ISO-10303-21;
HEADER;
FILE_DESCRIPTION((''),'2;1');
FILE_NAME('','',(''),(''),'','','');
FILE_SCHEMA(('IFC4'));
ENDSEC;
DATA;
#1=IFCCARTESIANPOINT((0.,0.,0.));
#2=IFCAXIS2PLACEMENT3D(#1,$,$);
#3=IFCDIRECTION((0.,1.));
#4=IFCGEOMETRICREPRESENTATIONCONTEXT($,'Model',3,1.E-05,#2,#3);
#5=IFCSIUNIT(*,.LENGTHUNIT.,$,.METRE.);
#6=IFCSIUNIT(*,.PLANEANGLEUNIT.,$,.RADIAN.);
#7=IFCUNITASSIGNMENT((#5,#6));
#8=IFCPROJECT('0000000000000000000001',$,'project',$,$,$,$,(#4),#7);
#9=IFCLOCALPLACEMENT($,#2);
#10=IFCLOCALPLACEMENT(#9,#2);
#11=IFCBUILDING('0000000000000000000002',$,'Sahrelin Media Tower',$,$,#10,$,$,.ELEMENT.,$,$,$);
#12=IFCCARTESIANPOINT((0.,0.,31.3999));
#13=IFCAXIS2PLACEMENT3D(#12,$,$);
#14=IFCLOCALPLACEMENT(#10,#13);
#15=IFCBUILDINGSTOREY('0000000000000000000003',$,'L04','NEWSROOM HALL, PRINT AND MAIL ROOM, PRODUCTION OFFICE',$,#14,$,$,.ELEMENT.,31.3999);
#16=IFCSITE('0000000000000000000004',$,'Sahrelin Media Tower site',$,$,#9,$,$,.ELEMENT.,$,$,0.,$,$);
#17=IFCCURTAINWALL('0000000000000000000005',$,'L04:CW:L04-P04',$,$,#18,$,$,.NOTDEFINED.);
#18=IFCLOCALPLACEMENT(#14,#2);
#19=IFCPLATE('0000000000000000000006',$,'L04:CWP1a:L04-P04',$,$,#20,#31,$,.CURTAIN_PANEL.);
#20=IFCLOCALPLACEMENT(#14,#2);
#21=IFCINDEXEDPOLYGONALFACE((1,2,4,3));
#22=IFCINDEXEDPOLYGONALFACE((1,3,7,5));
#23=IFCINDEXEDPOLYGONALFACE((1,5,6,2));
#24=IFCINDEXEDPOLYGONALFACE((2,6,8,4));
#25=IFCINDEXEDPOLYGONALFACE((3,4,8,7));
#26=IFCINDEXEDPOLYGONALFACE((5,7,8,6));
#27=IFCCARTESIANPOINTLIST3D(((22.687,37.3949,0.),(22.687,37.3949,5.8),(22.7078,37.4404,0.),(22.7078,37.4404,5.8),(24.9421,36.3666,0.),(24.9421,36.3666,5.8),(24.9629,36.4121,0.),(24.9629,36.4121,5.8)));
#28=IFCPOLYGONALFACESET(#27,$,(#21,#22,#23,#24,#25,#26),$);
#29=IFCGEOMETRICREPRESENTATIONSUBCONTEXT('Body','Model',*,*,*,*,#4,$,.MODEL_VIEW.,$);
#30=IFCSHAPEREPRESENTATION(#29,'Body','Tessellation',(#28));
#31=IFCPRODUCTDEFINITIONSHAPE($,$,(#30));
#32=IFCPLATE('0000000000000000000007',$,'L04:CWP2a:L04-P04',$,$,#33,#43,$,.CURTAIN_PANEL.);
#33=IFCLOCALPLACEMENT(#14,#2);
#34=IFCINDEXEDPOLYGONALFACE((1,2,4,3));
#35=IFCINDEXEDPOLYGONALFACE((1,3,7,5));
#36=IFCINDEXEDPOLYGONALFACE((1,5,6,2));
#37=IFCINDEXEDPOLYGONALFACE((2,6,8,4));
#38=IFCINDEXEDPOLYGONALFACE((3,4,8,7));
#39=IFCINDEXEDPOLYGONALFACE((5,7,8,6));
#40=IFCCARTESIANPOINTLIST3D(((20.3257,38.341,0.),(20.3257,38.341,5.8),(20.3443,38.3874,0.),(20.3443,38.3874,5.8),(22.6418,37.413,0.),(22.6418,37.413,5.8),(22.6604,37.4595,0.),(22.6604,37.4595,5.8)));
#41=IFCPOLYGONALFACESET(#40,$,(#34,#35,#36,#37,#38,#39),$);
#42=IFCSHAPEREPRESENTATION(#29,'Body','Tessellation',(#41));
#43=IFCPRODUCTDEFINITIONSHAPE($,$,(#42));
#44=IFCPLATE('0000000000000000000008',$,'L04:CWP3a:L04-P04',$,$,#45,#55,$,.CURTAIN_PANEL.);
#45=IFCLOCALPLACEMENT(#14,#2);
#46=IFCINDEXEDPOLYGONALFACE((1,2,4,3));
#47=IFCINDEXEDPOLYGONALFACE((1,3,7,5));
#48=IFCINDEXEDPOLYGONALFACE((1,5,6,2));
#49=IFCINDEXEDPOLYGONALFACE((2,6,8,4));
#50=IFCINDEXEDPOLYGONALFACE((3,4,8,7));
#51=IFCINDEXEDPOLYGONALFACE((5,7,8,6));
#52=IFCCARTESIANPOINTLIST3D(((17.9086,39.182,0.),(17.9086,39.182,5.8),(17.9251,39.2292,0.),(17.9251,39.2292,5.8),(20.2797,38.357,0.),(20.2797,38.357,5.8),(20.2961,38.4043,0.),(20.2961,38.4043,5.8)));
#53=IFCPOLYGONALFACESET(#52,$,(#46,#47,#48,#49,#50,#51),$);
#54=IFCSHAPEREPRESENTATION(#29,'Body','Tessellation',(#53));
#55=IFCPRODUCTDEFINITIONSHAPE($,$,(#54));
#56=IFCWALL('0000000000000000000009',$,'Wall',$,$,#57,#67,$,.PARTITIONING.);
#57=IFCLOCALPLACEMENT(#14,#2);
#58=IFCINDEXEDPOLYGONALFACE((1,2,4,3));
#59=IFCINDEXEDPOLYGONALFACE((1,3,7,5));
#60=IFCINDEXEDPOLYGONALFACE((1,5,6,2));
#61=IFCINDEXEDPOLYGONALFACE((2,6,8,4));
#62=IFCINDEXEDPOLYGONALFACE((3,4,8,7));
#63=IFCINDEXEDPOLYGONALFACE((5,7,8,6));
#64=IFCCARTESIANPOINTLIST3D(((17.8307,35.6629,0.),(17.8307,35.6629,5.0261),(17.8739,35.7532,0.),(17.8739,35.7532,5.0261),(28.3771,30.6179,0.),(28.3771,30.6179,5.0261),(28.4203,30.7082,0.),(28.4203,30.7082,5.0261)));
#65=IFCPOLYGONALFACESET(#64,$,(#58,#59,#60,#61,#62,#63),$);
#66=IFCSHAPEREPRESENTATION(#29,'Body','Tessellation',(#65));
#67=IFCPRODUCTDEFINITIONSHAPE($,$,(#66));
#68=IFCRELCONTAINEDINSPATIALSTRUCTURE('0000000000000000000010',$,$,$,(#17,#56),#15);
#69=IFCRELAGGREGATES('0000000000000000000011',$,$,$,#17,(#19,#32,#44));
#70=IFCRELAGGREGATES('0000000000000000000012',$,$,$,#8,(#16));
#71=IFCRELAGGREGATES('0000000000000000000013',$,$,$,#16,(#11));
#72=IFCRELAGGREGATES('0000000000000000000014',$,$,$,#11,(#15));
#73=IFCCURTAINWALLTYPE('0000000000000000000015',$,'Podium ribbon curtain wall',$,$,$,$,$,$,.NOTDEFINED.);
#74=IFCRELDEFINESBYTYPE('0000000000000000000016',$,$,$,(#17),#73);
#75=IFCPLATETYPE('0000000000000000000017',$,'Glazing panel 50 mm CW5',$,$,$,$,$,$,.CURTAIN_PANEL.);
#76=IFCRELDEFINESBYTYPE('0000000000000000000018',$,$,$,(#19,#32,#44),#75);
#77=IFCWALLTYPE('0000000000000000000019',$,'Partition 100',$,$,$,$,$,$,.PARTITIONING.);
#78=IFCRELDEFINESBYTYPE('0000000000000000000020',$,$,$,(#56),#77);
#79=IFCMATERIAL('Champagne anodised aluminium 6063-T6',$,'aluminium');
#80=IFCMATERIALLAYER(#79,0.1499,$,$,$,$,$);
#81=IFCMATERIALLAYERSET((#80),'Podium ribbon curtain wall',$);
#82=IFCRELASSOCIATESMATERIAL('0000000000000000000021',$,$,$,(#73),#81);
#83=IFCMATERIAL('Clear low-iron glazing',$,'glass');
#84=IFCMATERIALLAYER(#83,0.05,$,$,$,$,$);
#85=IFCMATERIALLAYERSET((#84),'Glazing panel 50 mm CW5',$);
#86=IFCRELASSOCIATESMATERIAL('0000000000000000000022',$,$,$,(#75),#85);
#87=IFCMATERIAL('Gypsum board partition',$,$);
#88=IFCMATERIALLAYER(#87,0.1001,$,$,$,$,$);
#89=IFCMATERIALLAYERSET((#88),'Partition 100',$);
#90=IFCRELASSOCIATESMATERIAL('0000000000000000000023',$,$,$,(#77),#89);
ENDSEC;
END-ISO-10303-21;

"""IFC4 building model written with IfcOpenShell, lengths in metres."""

from ifc_helpers import new_model, si_unit, direction, frame, frame_2d, origin, place, context, subcontext, project, spatial, polyline, rectangle, outline, extrude, material, layer, layer_set, type_object, element, aggregate, save


model = new_model("IFC4")

# Units and contexts
model_context = context("Model", 3, precision=1e-05, world=origin(), true_north=direction((0.0, 1.0)))
body_context = subcontext(model_context, "Body", "Model", "MODEL_VIEW")
ifc_project = project(units=[si_unit("LENGTHUNIT", "METRE"), si_unit("PLANEANGLEUNIT", "RADIAN")], contexts=[model_context])

# Site, building, storey
site_placement = place(None, origin())
site = spatial("IfcSite", under=ifc_project, at=site_placement, Name="Sahrelin Media Tower site", CompositionType="ELEMENT", RefElevation=0.0)
building_placement = place(site_placement, origin())
building = spatial("IfcBuilding", under=site, at=building_placement, Name="Sahrelin Media Tower", CompositionType="ELEMENT")
storey_placement = place(building_placement, frame((0.0, 0.0, 31.3999)))
storey = spatial("IfcBuildingStorey", under=building, at=storey_placement, Name="L04", Description="NEWSROOM HALL, PRINT AND MAIL ROOM, PRODUCTION OFFICE", CompositionType="ELEMENT", Elevation=31.3999)

# Curtain wall
ifc_material_1 = material(Name="Champagne anodised aluminium 6063-T6", Category="aluminium")
ifc_layer_1 = layer(ifc_material_1, 0.1499)
ifc_layer_set_1 = layer_set([ifc_layer_1], Name="Podium ribbon curtain wall")
curtain_wall_type = type_object("IfcCurtainWallType", Name="Podium ribbon curtain wall", PredefinedType="NOTDEFINED", material=ifc_layer_set_1)
curtain_wall_1_placement = place(storey_placement, frame((25.0, 36.373, 0.0), z_axis=(0.0, 0.0, 1.0), x_axis=(1.0, 0.0, 0.0)))
curtain_wall_1 = element("IfcCurtainWall", 1, at=curtain_wall_1_placement, inside=storey, type_object=curtain_wall_type, Name="L04:CW:L04-P04", PredefinedType="NOTDEFINED")

# Plates
ifc_material_2 = material(Name="Clear low-iron glazing", Category="glass")
ifc_layer_2 = layer(ifc_material_2, 0.05)
ifc_layer_set_2 = layer_set([ifc_layer_2], Name="Glazing panel 50 mm CW5")
plate_type = type_object("IfcPlateType", Name="Glazing panel 50 mm CW5", PredefinedType="CURTAIN_PANEL", material=ifc_layer_set_2)
plate_1_placement = place(storey_placement, frame((24.9629, 36.4121, 0.0), z_axis=(0.414894, 0.90987, 0.0), x_axis=(-0.90987, 0.414894, 0.0)))
plate_1 = element("IfcPlate", 2, at=plate_1_placement, type_object=plate_type, Name="L04:CWP1a:L04-P04", PredefinedType="CURTAIN_PANEL", context=body_context, shape_type="SweptSolid", body=[
    extrude(outline(polyline([(0.0, 0.0), (2.4785, 0.0), (2.4785, 5.8), (0.0, 5.8), (0.0, 0.0)])), origin(), (0.0, 0.0, -1.0), 0.05),
])
plate_2_placement = place(storey_placement, frame((22.6604, 37.4595, 0.0), z_axis=(0.371914, 0.928267, 0.0), x_axis=(-0.928267, 0.371914, 0.0)))
plate_2 = element("IfcPlate", 3, at=plate_2_placement, type_object=plate_type, Name="L04:CWP2a:L04-P04", PredefinedType="CURTAIN_PANEL", context=body_context, shape_type="SweptSolid", body=[
    extrude(outline(polyline([(0.0, 0.0), (2.4951, 0.0), (2.4951, 5.8), (0.0, 5.8), (0.0, 0.0)])), origin(), (0.0, 0.0, -1.0), 0.05),
])
plate_3_placement = place(storey_placement, frame((20.2961, 38.4043, 0.0), z_axis=(0.3286, 0.944469, 0.0), x_axis=(-0.944469, 0.3286, 0.0)))
plate_3 = element("IfcPlate", 4, at=plate_3_placement, type_object=plate_type, Name="L04:CWP3a:L04-P04", PredefinedType="CURTAIN_PANEL", context=body_context, shape_type="SweptSolid", body=[
    extrude(outline(polyline([(0.0, 0.0), (2.5105, 0.0), (2.5105, 5.8), (0.0, 5.8), (0.0, 0.0)])), origin(), (0.0, 0.0, -1.0), 0.05),
])
aggregate(curtain_wall_1, [plate_1, plate_2, plate_3])

# Wall
ifc_material_3 = material(Name="Gypsum board partition")
ifc_layer_3 = layer(ifc_material_3, 0.1001)
ifc_layer_set_3 = layer_set([ifc_layer_3], Name="Partition 100")
wall_type = type_object("IfcWallType", Name="Partition 100", PredefinedType="PARTITIONING", material=ifc_layer_set_3)
wall_placement = place(storey_placement, frame((28.3987, 30.6631, 0.0), z_axis=(0.0, 0.0, 1.0), x_axis=(-0.902101, 0.431525, 0.0)))
element("IfcWall", 5, at=wall_placement, inside=storey, type_object=wall_type, Name="Wall", PredefinedType="PARTITIONING", context=body_context, shape_type="SweptSolid", body=[
    extrude(rectangle(XDim=11.6909, YDim=0.1001, at=frame_2d((5.8455, 0.0))), origin(), (0.0, 0.0, 1.0), 5.0261),
])

save(model, "model.ifc")
